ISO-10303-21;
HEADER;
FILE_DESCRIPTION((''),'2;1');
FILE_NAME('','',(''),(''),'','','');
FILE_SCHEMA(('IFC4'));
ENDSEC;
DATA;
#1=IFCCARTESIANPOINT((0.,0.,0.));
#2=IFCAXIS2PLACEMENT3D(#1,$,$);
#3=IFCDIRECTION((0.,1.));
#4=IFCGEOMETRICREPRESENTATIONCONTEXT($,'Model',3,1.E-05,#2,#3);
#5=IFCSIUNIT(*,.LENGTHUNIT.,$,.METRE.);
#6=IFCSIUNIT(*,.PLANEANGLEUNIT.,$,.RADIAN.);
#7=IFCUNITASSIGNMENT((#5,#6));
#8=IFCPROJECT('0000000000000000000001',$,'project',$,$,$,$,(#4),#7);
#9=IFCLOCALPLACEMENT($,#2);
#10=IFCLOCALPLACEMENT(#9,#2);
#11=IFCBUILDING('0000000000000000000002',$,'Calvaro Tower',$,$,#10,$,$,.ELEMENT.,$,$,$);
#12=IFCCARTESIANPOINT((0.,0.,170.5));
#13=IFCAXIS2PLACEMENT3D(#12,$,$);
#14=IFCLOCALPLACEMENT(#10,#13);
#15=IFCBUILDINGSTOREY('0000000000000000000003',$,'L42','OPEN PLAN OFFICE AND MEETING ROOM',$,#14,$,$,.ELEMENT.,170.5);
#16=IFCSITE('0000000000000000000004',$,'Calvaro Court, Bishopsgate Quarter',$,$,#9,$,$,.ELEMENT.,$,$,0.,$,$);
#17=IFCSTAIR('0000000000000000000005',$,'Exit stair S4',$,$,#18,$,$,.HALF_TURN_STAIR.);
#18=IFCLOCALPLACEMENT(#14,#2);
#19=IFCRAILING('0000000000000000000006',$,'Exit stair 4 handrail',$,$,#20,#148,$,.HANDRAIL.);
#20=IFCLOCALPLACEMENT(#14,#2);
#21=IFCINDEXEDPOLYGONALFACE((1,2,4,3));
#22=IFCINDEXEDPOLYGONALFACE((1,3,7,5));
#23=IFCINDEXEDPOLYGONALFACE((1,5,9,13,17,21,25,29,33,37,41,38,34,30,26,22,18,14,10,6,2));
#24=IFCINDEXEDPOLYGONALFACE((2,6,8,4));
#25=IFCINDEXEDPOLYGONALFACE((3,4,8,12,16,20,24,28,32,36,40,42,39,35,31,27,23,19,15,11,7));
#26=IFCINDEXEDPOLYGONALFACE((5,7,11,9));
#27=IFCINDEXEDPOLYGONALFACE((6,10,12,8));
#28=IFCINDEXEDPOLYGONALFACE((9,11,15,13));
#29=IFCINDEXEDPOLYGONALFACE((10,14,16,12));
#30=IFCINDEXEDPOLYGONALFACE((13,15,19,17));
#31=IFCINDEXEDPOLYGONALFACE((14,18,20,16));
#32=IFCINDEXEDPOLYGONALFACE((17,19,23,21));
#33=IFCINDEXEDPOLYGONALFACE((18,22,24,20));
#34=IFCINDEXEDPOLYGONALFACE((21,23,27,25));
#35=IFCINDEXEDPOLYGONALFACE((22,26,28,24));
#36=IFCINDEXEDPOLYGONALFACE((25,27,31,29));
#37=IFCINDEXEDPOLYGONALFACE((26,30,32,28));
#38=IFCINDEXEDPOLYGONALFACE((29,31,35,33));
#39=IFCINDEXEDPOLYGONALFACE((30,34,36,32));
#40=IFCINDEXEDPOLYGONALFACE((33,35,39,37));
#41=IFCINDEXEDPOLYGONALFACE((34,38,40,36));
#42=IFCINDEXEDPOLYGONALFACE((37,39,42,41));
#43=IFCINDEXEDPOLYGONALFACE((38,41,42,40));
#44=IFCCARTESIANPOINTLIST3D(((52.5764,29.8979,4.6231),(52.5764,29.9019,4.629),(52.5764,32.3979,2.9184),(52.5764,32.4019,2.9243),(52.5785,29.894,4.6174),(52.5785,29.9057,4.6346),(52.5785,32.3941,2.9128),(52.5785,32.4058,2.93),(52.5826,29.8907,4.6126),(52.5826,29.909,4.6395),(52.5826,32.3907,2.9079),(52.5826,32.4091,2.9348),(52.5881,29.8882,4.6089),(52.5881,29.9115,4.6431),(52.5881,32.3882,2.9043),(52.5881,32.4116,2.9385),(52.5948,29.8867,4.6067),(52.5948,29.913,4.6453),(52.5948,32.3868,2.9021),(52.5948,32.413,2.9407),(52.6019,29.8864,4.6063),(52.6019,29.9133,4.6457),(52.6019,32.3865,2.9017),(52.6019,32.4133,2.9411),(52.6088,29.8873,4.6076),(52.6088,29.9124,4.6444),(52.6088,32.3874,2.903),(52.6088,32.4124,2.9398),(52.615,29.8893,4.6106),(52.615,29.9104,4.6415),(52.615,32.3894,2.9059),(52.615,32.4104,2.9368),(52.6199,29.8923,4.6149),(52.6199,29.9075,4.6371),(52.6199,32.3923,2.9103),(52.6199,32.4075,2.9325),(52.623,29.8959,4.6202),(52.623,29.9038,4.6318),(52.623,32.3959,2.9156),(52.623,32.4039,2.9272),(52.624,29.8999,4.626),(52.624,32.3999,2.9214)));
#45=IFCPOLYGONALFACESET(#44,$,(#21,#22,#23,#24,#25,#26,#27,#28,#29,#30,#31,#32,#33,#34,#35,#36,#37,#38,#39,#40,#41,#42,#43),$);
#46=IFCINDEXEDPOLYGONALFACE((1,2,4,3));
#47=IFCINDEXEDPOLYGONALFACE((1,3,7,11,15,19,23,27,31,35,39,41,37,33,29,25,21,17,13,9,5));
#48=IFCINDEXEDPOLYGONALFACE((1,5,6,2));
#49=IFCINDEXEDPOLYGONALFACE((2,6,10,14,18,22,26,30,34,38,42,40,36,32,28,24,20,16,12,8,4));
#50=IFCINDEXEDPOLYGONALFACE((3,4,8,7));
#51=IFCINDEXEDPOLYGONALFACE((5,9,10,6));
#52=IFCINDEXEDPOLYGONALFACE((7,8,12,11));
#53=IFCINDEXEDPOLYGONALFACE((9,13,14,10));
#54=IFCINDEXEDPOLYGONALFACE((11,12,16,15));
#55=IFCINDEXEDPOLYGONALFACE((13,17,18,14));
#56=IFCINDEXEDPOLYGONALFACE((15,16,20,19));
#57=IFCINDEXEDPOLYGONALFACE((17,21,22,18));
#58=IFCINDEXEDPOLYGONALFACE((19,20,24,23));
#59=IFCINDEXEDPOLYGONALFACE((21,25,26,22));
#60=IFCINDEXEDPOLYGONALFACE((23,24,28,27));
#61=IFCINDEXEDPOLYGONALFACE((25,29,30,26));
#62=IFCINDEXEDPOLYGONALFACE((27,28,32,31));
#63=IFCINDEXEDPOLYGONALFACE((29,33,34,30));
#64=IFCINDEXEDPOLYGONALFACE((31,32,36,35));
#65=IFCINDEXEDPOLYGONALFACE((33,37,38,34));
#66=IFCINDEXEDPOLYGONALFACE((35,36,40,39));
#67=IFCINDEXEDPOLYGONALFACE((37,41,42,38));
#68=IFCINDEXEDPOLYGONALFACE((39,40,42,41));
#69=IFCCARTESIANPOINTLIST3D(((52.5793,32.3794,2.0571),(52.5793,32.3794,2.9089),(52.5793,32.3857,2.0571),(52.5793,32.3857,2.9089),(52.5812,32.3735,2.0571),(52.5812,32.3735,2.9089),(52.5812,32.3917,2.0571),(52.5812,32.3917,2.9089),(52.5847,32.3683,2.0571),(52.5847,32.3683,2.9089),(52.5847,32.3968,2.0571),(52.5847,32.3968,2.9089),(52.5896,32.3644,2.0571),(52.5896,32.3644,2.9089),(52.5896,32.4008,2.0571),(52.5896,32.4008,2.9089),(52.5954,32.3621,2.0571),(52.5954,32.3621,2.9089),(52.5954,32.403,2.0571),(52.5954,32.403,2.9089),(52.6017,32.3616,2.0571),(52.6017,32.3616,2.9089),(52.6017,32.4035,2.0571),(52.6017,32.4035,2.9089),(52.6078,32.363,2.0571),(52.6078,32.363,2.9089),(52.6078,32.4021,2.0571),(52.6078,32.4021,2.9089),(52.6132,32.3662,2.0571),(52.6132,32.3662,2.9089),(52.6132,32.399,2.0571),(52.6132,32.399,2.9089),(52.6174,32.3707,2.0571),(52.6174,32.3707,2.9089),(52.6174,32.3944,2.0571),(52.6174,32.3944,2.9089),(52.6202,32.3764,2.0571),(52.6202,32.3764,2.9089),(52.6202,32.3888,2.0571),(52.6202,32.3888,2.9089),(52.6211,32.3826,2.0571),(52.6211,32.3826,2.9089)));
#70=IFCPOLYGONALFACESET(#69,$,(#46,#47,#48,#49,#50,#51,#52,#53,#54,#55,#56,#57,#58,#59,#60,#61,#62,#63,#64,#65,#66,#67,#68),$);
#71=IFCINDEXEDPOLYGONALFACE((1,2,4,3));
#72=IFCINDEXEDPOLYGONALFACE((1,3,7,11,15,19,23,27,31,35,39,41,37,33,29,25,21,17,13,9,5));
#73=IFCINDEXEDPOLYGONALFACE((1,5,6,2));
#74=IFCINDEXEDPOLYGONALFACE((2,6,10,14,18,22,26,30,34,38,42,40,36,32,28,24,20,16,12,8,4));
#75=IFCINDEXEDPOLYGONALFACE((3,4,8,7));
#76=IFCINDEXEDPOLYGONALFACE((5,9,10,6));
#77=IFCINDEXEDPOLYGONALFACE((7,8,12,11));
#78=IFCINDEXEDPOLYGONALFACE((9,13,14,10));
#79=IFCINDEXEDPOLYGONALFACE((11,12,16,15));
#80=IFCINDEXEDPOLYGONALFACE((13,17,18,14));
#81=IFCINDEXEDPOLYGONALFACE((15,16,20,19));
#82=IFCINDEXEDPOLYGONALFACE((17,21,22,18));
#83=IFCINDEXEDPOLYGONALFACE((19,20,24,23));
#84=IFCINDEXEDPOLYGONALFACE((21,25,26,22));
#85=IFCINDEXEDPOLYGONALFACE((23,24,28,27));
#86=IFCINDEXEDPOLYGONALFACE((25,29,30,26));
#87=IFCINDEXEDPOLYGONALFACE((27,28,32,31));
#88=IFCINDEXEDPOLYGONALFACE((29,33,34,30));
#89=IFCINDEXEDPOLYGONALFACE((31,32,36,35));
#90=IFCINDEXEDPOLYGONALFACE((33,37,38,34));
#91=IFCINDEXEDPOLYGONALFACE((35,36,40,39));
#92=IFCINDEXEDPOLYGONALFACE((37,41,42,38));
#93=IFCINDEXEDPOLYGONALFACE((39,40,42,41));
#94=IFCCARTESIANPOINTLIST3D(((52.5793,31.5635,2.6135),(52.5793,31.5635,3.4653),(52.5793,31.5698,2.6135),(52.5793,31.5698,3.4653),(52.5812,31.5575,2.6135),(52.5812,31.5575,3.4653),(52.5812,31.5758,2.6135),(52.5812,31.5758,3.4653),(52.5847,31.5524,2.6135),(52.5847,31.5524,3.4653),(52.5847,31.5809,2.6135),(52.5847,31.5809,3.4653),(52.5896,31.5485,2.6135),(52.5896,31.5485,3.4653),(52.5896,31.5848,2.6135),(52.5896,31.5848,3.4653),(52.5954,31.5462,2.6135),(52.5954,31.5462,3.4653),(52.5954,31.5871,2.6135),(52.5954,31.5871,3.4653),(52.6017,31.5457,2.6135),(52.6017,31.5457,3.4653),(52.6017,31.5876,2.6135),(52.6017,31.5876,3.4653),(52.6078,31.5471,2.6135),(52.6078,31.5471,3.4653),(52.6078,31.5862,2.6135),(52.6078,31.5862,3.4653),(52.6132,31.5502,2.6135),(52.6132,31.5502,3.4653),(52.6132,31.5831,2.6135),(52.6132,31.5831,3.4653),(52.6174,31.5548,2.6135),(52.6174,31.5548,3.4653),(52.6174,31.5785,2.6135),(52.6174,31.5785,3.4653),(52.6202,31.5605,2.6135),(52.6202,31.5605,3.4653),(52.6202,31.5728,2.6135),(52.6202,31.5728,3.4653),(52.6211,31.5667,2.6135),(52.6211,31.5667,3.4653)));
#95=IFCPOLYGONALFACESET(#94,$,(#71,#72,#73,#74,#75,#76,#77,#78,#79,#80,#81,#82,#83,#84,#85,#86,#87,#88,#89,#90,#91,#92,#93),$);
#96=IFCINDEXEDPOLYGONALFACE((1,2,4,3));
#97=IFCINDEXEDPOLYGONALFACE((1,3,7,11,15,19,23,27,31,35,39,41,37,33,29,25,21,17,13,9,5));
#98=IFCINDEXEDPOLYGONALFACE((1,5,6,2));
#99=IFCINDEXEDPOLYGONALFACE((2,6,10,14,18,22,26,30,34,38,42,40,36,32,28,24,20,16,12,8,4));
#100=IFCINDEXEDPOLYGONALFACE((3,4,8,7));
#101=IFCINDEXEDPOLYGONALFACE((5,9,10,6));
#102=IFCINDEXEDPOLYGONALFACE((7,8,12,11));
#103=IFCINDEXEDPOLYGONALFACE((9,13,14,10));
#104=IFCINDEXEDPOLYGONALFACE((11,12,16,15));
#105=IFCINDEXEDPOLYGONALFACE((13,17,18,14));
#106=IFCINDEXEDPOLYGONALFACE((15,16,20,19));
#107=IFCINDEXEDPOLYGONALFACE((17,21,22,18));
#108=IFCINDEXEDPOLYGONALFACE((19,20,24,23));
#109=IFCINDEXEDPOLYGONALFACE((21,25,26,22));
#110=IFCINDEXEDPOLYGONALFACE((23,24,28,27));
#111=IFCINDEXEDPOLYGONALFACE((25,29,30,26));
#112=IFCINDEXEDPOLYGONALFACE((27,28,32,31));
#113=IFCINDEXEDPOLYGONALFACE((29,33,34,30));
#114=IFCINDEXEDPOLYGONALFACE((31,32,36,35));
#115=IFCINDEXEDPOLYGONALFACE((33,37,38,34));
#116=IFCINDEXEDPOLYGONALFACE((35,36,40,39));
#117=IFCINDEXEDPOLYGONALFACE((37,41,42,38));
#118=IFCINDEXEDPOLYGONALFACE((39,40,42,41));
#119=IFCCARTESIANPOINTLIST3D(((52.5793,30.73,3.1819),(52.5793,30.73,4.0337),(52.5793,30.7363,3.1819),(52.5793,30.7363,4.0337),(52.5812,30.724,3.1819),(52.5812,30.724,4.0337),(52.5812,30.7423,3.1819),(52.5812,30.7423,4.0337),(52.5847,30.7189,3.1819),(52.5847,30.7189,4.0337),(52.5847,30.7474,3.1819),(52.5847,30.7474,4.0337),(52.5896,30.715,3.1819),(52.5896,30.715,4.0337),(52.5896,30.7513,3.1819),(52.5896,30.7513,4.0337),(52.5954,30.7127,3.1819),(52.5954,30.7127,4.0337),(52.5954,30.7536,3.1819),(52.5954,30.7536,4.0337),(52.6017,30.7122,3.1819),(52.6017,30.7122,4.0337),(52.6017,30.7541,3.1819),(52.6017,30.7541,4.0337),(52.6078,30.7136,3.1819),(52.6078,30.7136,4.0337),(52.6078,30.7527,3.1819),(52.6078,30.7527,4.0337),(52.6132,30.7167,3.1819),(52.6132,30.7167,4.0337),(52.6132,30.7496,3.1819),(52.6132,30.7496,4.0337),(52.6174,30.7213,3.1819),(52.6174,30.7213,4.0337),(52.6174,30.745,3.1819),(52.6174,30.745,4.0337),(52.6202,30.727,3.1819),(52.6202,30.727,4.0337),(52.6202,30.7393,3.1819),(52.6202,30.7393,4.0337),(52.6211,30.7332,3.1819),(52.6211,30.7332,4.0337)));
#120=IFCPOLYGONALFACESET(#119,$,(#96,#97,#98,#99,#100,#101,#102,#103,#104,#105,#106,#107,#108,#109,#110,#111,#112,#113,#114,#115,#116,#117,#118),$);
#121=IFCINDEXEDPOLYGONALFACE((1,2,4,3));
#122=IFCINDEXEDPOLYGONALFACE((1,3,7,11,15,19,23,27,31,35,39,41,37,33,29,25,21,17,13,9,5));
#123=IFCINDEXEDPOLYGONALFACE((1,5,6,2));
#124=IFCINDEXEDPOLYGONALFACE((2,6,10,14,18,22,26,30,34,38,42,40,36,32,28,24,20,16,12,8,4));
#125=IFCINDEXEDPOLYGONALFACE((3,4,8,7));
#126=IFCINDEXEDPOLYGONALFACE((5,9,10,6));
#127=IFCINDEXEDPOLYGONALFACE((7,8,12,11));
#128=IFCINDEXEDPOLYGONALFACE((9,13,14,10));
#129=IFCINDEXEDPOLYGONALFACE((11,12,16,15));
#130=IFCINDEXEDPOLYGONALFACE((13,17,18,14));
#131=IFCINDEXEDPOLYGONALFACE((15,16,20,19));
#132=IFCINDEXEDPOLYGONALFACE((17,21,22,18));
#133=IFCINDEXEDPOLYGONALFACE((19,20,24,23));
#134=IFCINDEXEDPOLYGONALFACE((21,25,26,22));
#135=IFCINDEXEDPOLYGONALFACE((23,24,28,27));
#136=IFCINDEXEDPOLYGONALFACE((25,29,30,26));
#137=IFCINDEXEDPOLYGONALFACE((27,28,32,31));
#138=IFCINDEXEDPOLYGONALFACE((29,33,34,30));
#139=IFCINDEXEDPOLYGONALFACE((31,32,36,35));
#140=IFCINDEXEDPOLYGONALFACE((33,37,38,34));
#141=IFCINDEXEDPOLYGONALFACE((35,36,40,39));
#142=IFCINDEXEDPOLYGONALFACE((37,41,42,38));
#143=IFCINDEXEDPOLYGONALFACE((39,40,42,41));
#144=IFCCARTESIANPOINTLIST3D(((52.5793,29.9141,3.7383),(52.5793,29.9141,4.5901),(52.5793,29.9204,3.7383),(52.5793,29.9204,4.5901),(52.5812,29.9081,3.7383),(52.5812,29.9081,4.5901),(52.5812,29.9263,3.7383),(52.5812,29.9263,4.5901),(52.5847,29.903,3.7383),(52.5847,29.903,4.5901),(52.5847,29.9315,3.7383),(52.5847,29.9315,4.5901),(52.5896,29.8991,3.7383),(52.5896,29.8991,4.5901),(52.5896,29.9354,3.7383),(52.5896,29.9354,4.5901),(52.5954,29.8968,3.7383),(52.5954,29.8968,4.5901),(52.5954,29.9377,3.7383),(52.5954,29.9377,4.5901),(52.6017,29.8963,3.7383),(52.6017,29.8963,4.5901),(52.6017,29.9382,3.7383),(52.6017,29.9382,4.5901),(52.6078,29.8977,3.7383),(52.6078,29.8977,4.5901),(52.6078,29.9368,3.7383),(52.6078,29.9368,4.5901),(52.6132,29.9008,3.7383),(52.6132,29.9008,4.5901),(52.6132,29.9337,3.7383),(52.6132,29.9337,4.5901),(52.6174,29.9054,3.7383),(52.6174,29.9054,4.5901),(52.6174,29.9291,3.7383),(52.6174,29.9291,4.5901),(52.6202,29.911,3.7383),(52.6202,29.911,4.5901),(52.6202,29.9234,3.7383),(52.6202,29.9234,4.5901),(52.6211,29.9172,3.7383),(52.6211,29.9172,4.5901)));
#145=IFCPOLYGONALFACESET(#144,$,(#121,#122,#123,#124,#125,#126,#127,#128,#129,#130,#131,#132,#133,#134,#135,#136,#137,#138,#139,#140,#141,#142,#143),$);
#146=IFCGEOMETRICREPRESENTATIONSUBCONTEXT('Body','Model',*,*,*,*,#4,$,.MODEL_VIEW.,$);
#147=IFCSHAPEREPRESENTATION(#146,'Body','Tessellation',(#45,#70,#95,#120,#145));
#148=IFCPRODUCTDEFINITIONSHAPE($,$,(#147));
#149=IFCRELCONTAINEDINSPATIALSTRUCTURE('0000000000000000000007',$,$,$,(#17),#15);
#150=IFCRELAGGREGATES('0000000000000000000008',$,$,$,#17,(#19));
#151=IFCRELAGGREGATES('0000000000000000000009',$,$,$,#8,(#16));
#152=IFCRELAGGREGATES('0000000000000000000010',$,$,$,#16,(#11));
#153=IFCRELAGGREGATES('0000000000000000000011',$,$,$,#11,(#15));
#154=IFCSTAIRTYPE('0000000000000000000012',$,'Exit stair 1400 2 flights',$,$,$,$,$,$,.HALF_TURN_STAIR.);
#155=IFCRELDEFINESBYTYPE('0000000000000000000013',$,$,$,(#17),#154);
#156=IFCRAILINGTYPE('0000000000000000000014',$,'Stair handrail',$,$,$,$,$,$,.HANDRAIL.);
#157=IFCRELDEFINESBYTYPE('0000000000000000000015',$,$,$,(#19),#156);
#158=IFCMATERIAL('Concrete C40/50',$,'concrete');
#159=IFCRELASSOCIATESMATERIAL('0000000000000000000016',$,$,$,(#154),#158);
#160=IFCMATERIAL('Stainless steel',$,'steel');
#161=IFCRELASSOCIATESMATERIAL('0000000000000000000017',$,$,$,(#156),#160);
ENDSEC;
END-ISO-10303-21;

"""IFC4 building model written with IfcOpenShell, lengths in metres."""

from ifc_helpers import new_model, si_unit, direction, frame, origin, origin_2d, place, context, subcontext, project, spatial, circle, extrude, material, type_object, element, aggregate, save


model = new_model("IFC4")

# Units and contexts
model_context = context("Model", 3, precision=1e-05, world=origin(), true_north=direction((0.0, 1.0)))
body_context = subcontext(model_context, "Body", "Model", "MODEL_VIEW")
ifc_project = project(units=[si_unit("LENGTHUNIT", "METRE"), si_unit("PLANEANGLEUNIT", "RADIAN")], contexts=[model_context])

# Site, building, storey
site_placement = place(None, origin())
site = spatial("IfcSite", under=ifc_project, at=site_placement, Name="Calvaro Court, Bishopsgate Quarter", CompositionType="ELEMENT", RefElevation=0.0)
building_placement = place(site_placement, origin())
building = spatial("IfcBuilding", under=site, at=building_placement, Name="Calvaro Tower", CompositionType="ELEMENT")
storey_placement = place(building_placement, frame((0.0, 0.0, 170.5)))
storey = spatial("IfcBuildingStorey", under=building, at=storey_placement, Name="L42", Description="OPEN PLAN OFFICE AND MEETING ROOM", CompositionType="ELEMENT", Elevation=170.5)

# Stair
ifc_material_1 = material(Name="Concrete C40/50", Category="concrete")
stair_type = type_object("IfcStairType", Name="Exit stair 1400 2 flights", PredefinedType="HALF_TURN_STAIR", material=ifc_material_1)
stair_1_placement = place(storey_placement, origin())
stair_1 = element("IfcStair", 1, at=stair_1_placement, inside=storey, type_object=stair_type, Name="Exit stair S4", PredefinedType="HALF_TURN_STAIR")

# Railing
ifc_material_2 = material(Name="Stainless steel", Category="steel")
railing_type = type_object("IfcRailingType", Name="Stair handrail", PredefinedType="HANDRAIL", material=ifc_material_2)
railing_1_placement = place(storey_placement, frame((52.6001, 32.3999, 2.0454)))
railing_1 = element("IfcRailing", 2, at=railing_1_placement, type_object=railing_type, Name="Exit stair 4 handrail", PredefinedType="HANDRAIL", context=body_context, shape_type="SweptSolid", body=[
    extrude(circle(Radius=0.0239, at=origin_2d()), frame((0.0, 0.0, 0.876), z_axis=(0.0, -0.826221, 0.563347), x_axis=(1.0, 0.0, 0.0)), (0.0, 0.0, 1.0), 3.0259),
    extrude(circle(Radius=0.021, at=origin_2d()), frame((0.0, -0.0173, 0.0117)), (0.0, 0.0, 1.0), 0.8518),
    extrude(circle(Radius=0.021, at=origin_2d()), frame((0.0, -0.8333, 0.5681)), (0.0, 0.0, 1.0), 0.8518),
    extrude(circle(Radius=0.021, at=origin_2d()), frame((0.0, -1.6667, 1.1365)), (0.0, 0.0, 1.0), 0.8518),
    extrude(circle(Radius=0.021, at=origin_2d()), frame((0.0, -2.4827, 1.6929)), (0.0, 0.0, 1.0), 0.8518),
])
aggregate(stair_1, [railing_1])

save(model, "model.ifc")
